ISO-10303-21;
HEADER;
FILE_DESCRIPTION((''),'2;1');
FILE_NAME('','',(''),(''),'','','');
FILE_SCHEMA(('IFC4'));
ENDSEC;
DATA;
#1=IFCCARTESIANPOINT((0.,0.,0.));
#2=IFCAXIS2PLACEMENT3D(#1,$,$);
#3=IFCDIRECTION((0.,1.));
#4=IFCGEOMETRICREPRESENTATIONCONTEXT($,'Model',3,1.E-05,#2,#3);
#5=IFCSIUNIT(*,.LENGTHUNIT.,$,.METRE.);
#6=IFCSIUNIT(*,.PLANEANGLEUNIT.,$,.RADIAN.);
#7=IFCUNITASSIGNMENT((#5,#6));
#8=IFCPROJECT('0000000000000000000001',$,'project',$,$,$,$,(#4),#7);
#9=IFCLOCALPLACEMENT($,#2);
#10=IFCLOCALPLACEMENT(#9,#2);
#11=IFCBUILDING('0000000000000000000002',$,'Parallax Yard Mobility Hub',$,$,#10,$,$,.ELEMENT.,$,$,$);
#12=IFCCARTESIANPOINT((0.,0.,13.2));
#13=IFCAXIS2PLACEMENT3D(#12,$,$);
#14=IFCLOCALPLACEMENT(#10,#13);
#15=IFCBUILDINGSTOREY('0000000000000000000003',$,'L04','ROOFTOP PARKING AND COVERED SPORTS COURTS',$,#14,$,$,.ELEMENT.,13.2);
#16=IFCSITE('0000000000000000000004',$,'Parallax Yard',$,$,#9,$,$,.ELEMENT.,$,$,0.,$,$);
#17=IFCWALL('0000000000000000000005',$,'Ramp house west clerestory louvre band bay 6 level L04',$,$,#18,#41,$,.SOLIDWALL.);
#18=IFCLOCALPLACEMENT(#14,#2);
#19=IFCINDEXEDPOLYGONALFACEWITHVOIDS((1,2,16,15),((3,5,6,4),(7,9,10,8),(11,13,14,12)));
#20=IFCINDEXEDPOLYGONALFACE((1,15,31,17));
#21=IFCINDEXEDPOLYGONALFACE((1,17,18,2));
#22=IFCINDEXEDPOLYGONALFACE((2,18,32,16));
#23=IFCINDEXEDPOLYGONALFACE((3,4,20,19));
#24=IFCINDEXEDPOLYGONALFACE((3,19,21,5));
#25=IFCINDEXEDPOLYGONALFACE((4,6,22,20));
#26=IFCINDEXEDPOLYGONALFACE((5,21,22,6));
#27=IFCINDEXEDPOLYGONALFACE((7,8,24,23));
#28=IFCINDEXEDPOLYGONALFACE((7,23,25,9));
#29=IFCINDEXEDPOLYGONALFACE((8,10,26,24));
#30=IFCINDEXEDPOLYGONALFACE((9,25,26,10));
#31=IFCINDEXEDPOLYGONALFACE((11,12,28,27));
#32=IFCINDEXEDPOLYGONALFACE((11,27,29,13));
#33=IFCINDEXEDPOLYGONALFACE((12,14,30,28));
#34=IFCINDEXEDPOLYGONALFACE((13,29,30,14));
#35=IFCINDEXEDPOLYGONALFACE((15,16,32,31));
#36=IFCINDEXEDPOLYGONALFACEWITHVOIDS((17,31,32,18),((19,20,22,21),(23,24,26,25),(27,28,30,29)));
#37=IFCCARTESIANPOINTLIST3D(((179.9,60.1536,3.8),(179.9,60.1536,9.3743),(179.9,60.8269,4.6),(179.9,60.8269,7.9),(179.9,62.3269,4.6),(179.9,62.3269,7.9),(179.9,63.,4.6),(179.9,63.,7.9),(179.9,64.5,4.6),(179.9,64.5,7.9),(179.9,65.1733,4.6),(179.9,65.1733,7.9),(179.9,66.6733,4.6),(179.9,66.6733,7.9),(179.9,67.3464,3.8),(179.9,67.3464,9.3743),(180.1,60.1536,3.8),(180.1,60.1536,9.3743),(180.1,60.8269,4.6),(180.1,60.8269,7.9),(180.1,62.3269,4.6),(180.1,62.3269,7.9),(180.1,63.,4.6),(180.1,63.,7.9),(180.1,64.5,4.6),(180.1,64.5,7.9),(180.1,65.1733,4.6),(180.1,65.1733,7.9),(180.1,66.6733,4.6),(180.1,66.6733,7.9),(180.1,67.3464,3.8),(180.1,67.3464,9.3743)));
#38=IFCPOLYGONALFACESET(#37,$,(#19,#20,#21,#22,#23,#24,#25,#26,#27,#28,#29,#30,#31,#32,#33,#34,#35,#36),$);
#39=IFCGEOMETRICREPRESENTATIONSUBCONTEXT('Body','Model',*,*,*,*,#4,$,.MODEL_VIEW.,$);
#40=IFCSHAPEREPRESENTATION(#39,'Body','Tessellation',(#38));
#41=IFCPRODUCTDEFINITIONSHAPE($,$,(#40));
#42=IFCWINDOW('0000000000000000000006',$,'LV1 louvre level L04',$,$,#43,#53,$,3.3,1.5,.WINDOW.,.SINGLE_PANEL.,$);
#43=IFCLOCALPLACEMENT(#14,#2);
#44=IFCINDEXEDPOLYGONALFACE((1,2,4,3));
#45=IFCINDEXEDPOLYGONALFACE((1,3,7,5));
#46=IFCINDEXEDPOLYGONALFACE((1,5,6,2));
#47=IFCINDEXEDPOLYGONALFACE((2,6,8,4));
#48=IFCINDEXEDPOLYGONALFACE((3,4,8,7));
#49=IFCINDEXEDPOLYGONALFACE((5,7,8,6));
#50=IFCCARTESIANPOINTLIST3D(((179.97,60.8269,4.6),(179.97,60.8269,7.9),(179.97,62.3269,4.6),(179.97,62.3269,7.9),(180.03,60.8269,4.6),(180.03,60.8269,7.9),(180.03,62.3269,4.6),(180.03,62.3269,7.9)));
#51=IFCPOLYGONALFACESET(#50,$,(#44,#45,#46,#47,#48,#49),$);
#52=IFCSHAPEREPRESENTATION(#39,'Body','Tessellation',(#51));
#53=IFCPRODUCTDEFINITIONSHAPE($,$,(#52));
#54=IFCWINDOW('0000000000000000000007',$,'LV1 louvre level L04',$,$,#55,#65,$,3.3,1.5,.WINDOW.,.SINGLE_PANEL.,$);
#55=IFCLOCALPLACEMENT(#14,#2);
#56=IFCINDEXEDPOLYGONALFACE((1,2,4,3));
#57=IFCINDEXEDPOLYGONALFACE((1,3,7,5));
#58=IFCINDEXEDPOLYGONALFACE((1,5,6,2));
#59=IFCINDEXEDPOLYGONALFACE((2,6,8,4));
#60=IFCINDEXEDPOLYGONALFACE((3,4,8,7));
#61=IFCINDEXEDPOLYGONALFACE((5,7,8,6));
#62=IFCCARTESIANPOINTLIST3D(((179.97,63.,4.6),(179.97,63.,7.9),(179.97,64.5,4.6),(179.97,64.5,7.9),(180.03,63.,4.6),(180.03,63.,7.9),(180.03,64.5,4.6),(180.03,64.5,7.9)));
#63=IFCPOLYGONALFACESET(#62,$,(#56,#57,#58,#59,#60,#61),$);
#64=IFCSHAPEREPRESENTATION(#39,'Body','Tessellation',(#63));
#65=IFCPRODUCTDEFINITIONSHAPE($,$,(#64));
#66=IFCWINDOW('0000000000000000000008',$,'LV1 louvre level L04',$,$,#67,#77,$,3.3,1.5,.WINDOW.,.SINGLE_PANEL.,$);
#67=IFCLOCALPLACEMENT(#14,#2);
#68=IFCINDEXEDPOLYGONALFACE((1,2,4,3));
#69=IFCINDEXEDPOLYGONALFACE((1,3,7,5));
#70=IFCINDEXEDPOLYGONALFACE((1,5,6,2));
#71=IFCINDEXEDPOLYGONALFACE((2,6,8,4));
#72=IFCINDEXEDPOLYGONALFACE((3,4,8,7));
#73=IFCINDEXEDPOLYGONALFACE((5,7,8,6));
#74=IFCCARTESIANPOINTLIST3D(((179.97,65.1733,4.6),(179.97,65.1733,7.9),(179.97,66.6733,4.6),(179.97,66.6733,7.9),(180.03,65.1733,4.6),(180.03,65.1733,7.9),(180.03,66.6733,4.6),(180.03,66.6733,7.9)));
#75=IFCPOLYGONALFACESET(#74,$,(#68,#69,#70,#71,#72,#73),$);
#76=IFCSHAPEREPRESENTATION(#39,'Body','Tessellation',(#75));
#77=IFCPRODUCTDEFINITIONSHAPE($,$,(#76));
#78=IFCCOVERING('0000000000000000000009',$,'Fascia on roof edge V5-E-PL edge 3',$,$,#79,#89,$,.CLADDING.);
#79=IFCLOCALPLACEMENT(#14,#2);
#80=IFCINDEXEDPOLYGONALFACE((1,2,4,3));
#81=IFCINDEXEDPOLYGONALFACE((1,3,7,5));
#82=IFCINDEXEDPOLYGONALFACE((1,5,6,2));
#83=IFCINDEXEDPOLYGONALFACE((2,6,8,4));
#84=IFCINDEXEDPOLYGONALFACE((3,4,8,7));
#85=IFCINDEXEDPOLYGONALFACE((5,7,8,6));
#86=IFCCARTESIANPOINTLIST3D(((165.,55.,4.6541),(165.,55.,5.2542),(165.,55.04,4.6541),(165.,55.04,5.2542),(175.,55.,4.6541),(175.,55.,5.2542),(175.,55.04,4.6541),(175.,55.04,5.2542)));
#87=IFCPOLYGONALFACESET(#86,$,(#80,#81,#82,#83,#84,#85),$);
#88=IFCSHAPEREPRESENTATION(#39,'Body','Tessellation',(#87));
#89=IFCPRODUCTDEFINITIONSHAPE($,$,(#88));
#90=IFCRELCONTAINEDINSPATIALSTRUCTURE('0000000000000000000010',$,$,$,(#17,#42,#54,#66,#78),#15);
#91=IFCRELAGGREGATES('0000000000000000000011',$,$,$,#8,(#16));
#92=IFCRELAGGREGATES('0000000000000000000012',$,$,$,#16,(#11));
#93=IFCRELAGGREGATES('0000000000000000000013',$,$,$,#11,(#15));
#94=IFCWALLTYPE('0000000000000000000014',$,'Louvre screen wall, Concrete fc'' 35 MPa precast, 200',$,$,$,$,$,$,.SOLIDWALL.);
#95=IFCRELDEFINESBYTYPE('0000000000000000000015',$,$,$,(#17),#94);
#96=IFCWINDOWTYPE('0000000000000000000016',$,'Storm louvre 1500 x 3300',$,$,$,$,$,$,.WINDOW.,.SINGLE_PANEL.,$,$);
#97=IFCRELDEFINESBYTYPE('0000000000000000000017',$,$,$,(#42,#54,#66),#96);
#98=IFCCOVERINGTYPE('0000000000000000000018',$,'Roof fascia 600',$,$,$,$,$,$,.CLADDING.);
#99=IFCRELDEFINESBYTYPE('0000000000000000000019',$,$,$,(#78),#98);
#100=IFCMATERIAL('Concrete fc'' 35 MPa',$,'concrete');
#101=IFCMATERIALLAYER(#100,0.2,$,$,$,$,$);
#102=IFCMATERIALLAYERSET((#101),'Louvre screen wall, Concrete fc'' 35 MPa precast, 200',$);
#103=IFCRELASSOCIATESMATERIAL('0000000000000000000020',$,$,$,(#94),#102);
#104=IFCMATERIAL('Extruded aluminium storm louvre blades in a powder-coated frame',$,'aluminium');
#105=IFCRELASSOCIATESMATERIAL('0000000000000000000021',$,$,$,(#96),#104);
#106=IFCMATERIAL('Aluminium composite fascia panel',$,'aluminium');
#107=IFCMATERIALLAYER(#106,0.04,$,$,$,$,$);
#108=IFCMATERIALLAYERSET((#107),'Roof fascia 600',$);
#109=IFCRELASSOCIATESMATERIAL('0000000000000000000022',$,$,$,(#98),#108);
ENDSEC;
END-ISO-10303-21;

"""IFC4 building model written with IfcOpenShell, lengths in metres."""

from ifc_helpers import new_model, si_unit, direction, frame, frame_2d, origin, place, context, subcontext, project, spatial, polyline, rectangle, outline, extrude, material, layer, layer_set, type_object, element, fill, save


model = new_model("IFC4")

# Units and contexts
model_context = context("Model", 3, precision=1e-05, world=origin(), true_north=direction((0.0, 1.0)))
body_context = subcontext(model_context, "Body", "Model", "MODEL_VIEW")
ifc_project = project(units=[si_unit("LENGTHUNIT", "METRE"), si_unit("PLANEANGLEUNIT", "RADIAN")], contexts=[model_context])

# Site, building, storey
site_placement = place(None, origin())
site = spatial("IfcSite", under=ifc_project, at=site_placement, Name="Parallax Yard", CompositionType="ELEMENT", RefElevation=0.0)
building_placement = place(site_placement, origin())
building = spatial("IfcBuilding", under=site, at=building_placement, Name="Parallax Yard Mobility Hub", CompositionType="ELEMENT")
storey_placement = place(building_placement, frame((0.0, 0.0, 13.2)))
storey = spatial("IfcBuildingStorey", under=building, at=storey_placement, Name="L04", Description="ROOFTOP PARKING AND COVERED SPORTS COURTS", CompositionType="ELEMENT", Elevation=13.2)

# Wall, openings, windows
ifc_material_1 = material(Name="Concrete fc' 35 MPa", Category="concrete")
ifc_layer_1 = layer(ifc_material_1, 0.2)
ifc_layer_set_1 = layer_set([ifc_layer_1], Name="Louvre screen wall, Concrete fc' 35 MPa precast, 200")
wall_type = type_object("IfcWallType", Name="Louvre screen wall, Concrete fc' 35 MPa precast, 200", PredefinedType="SOLIDWALL", material=ifc_layer_set_1)
ifc_material_2 = material(Name="Extruded aluminium storm louvre blades in a powder-coated frame", Category="aluminium")
window_type = type_object("IfcWindowType", Name="Storm louvre 1500 x 3300", PartitioningType="SINGLE_PANEL", PredefinedType="WINDOW", material=ifc_material_2)
wall_1_placement = place(storey_placement, frame((180.0, 60.1536, 3.8), z_axis=(0.0, 0.0, 1.0), x_axis=(0.0, 1.0, 0.0)))
wall_1 = element("IfcWall", 1, at=wall_1_placement, inside=storey, type_object=wall_type, Name="Ramp house west clerestory louvre band bay 6 level L04", PredefinedType="SOLIDWALL", context=body_context, shape_type="SweptSolid", body=[
    extrude(rectangle(XDim=7.1929, YDim=0.2, at=frame_2d((3.5964, 0.0))), origin(), (0.0, 0.0, 1.0), 5.5742),
])
opening_1_placement = place(wall_1_placement, frame((0.6733, 0.0, 0.8)))
opening_1 = element("IfcOpeningElement", 2, at=opening_1_placement, cuts=wall_1, PredefinedType="OPENING", context=body_context, shape_type="SweptSolid", body=[
    extrude(rectangle(XDim=1.5, YDim=3.3, at=frame_2d((0.75, 1.6499))), frame((0.0, 0.1099, 0.0), z_axis=(0.0, -1.0, 0.0), x_axis=(1.0, 0.0, 0.0)), (0.0, 0.0, 1.0), 0.22),
])
opening_2_placement = place(wall_1_placement, frame((2.8464, 0.0, 0.8)))
opening_2 = element("IfcOpeningElement", 3, at=opening_2_placement, cuts=wall_1, PredefinedType="OPENING", context=body_context, shape_type="SweptSolid", body=[
    extrude(rectangle(XDim=1.5, YDim=3.3, at=frame_2d((0.75, 1.6499))), frame((0.0, 0.1099, 0.0), z_axis=(0.0, -1.0, 0.0), x_axis=(1.0, 0.0, 0.0)), (0.0, 0.0, 1.0), 0.22),
])
opening_3_placement = place(wall_1_placement, frame((5.0198, 0.0, 0.8)))
opening_3 = element("IfcOpeningElement", 4, at=opening_3_placement, cuts=wall_1, PredefinedType="OPENING", context=body_context, shape_type="SweptSolid", body=[
    extrude(rectangle(XDim=1.5, YDim=3.3, at=frame_2d((0.75, 1.6499))), frame((0.0, 0.1099, 0.0), z_axis=(0.0, -1.0, 0.0), x_axis=(1.0, 0.0, 0.0)), (0.0, 0.0, 1.0), 0.22),
])
window_1_placement = place(opening_1_placement, origin())
window_1 = element("IfcWindow", 5, at=window_1_placement, inside=storey, type_object=window_type, Name="LV1 louvre level L04", OverallHeight=3.3, OverallWidth=1.5, PartitioningType="SINGLE_PANEL", PredefinedType="WINDOW", context=body_context, shape_type="SweptSolid", body=[
    extrude(rectangle(XDim=1.5, YDim=3.3, at=frame_2d((0.75, 1.6499))), frame((0.0, 0.03, 0.0), z_axis=(0.0, -1.0, 0.0), x_axis=(1.0, 0.0, 0.0)), (0.0, 0.0, 1.0), 0.0601),
])
fill(opening_1, window_1)
window_2_placement = place(opening_2_placement, origin())
window_2 = element("IfcWindow", 6, at=window_2_placement, inside=storey, type_object=window_type, Name="LV1 louvre level L04", OverallHeight=3.3, OverallWidth=1.5, PartitioningType="SINGLE_PANEL", PredefinedType="WINDOW", context=body_context, shape_type="SweptSolid", body=[
    extrude(rectangle(XDim=1.5, YDim=3.3, at=frame_2d((0.75, 1.6499))), frame((0.0, 0.03, 0.0), z_axis=(0.0, -1.0, 0.0), x_axis=(1.0, 0.0, 0.0)), (0.0, 0.0, 1.0), 0.0601),
])
fill(opening_2, window_2)
window_3_placement = place(opening_3_placement, origin())
window_3 = element("IfcWindow", 7, at=window_3_placement, inside=storey, type_object=window_type, Name="LV1 louvre level L04", OverallHeight=3.3, OverallWidth=1.5, PartitioningType="SINGLE_PANEL", PredefinedType="WINDOW", context=body_context, shape_type="SweptSolid", body=[
    extrude(rectangle(XDim=1.5, YDim=3.3, at=frame_2d((0.75, 1.6499))), frame((0.0, 0.03, 0.0), z_axis=(0.0, -1.0, 0.0), x_axis=(1.0, 0.0, 0.0)), (0.0, 0.0, 1.0), 0.0601),
])
fill(opening_3, window_3)

# Covering
ifc_material_3 = material(Name="Aluminium composite fascia panel", Category="aluminium")
ifc_layer_2 = layer(ifc_material_3, 0.04)
ifc_layer_set_2 = layer_set([ifc_layer_2], Name="Roof fascia 600")
covering_type = type_object("IfcCoveringType", Name="Roof fascia 600", PredefinedType="CLADDING", material=ifc_layer_set_2)
covering_placement = place(storey_placement, frame((175.0, 55.0, 5.2542), z_axis=(0.0, -1.0, 0.0), x_axis=(-1.0, 0.0, 0.0)))
element("IfcCovering", 8, at=covering_placement, inside=storey, type_object=covering_type, Name="Fascia on roof edge V5-E-PL edge 3", PredefinedType="CLADDING", context=body_context, shape_type="SweptSolid", body=[
    extrude(outline(polyline([(0.0, 0.0), (10.0, 0.0), (10.0, 0.6001), (0.0, 0.6001), (0.0, 0.0)])), origin(), (0.0, 0.0, -1.0), 0.04),
])

save(model, "model.ifc")
